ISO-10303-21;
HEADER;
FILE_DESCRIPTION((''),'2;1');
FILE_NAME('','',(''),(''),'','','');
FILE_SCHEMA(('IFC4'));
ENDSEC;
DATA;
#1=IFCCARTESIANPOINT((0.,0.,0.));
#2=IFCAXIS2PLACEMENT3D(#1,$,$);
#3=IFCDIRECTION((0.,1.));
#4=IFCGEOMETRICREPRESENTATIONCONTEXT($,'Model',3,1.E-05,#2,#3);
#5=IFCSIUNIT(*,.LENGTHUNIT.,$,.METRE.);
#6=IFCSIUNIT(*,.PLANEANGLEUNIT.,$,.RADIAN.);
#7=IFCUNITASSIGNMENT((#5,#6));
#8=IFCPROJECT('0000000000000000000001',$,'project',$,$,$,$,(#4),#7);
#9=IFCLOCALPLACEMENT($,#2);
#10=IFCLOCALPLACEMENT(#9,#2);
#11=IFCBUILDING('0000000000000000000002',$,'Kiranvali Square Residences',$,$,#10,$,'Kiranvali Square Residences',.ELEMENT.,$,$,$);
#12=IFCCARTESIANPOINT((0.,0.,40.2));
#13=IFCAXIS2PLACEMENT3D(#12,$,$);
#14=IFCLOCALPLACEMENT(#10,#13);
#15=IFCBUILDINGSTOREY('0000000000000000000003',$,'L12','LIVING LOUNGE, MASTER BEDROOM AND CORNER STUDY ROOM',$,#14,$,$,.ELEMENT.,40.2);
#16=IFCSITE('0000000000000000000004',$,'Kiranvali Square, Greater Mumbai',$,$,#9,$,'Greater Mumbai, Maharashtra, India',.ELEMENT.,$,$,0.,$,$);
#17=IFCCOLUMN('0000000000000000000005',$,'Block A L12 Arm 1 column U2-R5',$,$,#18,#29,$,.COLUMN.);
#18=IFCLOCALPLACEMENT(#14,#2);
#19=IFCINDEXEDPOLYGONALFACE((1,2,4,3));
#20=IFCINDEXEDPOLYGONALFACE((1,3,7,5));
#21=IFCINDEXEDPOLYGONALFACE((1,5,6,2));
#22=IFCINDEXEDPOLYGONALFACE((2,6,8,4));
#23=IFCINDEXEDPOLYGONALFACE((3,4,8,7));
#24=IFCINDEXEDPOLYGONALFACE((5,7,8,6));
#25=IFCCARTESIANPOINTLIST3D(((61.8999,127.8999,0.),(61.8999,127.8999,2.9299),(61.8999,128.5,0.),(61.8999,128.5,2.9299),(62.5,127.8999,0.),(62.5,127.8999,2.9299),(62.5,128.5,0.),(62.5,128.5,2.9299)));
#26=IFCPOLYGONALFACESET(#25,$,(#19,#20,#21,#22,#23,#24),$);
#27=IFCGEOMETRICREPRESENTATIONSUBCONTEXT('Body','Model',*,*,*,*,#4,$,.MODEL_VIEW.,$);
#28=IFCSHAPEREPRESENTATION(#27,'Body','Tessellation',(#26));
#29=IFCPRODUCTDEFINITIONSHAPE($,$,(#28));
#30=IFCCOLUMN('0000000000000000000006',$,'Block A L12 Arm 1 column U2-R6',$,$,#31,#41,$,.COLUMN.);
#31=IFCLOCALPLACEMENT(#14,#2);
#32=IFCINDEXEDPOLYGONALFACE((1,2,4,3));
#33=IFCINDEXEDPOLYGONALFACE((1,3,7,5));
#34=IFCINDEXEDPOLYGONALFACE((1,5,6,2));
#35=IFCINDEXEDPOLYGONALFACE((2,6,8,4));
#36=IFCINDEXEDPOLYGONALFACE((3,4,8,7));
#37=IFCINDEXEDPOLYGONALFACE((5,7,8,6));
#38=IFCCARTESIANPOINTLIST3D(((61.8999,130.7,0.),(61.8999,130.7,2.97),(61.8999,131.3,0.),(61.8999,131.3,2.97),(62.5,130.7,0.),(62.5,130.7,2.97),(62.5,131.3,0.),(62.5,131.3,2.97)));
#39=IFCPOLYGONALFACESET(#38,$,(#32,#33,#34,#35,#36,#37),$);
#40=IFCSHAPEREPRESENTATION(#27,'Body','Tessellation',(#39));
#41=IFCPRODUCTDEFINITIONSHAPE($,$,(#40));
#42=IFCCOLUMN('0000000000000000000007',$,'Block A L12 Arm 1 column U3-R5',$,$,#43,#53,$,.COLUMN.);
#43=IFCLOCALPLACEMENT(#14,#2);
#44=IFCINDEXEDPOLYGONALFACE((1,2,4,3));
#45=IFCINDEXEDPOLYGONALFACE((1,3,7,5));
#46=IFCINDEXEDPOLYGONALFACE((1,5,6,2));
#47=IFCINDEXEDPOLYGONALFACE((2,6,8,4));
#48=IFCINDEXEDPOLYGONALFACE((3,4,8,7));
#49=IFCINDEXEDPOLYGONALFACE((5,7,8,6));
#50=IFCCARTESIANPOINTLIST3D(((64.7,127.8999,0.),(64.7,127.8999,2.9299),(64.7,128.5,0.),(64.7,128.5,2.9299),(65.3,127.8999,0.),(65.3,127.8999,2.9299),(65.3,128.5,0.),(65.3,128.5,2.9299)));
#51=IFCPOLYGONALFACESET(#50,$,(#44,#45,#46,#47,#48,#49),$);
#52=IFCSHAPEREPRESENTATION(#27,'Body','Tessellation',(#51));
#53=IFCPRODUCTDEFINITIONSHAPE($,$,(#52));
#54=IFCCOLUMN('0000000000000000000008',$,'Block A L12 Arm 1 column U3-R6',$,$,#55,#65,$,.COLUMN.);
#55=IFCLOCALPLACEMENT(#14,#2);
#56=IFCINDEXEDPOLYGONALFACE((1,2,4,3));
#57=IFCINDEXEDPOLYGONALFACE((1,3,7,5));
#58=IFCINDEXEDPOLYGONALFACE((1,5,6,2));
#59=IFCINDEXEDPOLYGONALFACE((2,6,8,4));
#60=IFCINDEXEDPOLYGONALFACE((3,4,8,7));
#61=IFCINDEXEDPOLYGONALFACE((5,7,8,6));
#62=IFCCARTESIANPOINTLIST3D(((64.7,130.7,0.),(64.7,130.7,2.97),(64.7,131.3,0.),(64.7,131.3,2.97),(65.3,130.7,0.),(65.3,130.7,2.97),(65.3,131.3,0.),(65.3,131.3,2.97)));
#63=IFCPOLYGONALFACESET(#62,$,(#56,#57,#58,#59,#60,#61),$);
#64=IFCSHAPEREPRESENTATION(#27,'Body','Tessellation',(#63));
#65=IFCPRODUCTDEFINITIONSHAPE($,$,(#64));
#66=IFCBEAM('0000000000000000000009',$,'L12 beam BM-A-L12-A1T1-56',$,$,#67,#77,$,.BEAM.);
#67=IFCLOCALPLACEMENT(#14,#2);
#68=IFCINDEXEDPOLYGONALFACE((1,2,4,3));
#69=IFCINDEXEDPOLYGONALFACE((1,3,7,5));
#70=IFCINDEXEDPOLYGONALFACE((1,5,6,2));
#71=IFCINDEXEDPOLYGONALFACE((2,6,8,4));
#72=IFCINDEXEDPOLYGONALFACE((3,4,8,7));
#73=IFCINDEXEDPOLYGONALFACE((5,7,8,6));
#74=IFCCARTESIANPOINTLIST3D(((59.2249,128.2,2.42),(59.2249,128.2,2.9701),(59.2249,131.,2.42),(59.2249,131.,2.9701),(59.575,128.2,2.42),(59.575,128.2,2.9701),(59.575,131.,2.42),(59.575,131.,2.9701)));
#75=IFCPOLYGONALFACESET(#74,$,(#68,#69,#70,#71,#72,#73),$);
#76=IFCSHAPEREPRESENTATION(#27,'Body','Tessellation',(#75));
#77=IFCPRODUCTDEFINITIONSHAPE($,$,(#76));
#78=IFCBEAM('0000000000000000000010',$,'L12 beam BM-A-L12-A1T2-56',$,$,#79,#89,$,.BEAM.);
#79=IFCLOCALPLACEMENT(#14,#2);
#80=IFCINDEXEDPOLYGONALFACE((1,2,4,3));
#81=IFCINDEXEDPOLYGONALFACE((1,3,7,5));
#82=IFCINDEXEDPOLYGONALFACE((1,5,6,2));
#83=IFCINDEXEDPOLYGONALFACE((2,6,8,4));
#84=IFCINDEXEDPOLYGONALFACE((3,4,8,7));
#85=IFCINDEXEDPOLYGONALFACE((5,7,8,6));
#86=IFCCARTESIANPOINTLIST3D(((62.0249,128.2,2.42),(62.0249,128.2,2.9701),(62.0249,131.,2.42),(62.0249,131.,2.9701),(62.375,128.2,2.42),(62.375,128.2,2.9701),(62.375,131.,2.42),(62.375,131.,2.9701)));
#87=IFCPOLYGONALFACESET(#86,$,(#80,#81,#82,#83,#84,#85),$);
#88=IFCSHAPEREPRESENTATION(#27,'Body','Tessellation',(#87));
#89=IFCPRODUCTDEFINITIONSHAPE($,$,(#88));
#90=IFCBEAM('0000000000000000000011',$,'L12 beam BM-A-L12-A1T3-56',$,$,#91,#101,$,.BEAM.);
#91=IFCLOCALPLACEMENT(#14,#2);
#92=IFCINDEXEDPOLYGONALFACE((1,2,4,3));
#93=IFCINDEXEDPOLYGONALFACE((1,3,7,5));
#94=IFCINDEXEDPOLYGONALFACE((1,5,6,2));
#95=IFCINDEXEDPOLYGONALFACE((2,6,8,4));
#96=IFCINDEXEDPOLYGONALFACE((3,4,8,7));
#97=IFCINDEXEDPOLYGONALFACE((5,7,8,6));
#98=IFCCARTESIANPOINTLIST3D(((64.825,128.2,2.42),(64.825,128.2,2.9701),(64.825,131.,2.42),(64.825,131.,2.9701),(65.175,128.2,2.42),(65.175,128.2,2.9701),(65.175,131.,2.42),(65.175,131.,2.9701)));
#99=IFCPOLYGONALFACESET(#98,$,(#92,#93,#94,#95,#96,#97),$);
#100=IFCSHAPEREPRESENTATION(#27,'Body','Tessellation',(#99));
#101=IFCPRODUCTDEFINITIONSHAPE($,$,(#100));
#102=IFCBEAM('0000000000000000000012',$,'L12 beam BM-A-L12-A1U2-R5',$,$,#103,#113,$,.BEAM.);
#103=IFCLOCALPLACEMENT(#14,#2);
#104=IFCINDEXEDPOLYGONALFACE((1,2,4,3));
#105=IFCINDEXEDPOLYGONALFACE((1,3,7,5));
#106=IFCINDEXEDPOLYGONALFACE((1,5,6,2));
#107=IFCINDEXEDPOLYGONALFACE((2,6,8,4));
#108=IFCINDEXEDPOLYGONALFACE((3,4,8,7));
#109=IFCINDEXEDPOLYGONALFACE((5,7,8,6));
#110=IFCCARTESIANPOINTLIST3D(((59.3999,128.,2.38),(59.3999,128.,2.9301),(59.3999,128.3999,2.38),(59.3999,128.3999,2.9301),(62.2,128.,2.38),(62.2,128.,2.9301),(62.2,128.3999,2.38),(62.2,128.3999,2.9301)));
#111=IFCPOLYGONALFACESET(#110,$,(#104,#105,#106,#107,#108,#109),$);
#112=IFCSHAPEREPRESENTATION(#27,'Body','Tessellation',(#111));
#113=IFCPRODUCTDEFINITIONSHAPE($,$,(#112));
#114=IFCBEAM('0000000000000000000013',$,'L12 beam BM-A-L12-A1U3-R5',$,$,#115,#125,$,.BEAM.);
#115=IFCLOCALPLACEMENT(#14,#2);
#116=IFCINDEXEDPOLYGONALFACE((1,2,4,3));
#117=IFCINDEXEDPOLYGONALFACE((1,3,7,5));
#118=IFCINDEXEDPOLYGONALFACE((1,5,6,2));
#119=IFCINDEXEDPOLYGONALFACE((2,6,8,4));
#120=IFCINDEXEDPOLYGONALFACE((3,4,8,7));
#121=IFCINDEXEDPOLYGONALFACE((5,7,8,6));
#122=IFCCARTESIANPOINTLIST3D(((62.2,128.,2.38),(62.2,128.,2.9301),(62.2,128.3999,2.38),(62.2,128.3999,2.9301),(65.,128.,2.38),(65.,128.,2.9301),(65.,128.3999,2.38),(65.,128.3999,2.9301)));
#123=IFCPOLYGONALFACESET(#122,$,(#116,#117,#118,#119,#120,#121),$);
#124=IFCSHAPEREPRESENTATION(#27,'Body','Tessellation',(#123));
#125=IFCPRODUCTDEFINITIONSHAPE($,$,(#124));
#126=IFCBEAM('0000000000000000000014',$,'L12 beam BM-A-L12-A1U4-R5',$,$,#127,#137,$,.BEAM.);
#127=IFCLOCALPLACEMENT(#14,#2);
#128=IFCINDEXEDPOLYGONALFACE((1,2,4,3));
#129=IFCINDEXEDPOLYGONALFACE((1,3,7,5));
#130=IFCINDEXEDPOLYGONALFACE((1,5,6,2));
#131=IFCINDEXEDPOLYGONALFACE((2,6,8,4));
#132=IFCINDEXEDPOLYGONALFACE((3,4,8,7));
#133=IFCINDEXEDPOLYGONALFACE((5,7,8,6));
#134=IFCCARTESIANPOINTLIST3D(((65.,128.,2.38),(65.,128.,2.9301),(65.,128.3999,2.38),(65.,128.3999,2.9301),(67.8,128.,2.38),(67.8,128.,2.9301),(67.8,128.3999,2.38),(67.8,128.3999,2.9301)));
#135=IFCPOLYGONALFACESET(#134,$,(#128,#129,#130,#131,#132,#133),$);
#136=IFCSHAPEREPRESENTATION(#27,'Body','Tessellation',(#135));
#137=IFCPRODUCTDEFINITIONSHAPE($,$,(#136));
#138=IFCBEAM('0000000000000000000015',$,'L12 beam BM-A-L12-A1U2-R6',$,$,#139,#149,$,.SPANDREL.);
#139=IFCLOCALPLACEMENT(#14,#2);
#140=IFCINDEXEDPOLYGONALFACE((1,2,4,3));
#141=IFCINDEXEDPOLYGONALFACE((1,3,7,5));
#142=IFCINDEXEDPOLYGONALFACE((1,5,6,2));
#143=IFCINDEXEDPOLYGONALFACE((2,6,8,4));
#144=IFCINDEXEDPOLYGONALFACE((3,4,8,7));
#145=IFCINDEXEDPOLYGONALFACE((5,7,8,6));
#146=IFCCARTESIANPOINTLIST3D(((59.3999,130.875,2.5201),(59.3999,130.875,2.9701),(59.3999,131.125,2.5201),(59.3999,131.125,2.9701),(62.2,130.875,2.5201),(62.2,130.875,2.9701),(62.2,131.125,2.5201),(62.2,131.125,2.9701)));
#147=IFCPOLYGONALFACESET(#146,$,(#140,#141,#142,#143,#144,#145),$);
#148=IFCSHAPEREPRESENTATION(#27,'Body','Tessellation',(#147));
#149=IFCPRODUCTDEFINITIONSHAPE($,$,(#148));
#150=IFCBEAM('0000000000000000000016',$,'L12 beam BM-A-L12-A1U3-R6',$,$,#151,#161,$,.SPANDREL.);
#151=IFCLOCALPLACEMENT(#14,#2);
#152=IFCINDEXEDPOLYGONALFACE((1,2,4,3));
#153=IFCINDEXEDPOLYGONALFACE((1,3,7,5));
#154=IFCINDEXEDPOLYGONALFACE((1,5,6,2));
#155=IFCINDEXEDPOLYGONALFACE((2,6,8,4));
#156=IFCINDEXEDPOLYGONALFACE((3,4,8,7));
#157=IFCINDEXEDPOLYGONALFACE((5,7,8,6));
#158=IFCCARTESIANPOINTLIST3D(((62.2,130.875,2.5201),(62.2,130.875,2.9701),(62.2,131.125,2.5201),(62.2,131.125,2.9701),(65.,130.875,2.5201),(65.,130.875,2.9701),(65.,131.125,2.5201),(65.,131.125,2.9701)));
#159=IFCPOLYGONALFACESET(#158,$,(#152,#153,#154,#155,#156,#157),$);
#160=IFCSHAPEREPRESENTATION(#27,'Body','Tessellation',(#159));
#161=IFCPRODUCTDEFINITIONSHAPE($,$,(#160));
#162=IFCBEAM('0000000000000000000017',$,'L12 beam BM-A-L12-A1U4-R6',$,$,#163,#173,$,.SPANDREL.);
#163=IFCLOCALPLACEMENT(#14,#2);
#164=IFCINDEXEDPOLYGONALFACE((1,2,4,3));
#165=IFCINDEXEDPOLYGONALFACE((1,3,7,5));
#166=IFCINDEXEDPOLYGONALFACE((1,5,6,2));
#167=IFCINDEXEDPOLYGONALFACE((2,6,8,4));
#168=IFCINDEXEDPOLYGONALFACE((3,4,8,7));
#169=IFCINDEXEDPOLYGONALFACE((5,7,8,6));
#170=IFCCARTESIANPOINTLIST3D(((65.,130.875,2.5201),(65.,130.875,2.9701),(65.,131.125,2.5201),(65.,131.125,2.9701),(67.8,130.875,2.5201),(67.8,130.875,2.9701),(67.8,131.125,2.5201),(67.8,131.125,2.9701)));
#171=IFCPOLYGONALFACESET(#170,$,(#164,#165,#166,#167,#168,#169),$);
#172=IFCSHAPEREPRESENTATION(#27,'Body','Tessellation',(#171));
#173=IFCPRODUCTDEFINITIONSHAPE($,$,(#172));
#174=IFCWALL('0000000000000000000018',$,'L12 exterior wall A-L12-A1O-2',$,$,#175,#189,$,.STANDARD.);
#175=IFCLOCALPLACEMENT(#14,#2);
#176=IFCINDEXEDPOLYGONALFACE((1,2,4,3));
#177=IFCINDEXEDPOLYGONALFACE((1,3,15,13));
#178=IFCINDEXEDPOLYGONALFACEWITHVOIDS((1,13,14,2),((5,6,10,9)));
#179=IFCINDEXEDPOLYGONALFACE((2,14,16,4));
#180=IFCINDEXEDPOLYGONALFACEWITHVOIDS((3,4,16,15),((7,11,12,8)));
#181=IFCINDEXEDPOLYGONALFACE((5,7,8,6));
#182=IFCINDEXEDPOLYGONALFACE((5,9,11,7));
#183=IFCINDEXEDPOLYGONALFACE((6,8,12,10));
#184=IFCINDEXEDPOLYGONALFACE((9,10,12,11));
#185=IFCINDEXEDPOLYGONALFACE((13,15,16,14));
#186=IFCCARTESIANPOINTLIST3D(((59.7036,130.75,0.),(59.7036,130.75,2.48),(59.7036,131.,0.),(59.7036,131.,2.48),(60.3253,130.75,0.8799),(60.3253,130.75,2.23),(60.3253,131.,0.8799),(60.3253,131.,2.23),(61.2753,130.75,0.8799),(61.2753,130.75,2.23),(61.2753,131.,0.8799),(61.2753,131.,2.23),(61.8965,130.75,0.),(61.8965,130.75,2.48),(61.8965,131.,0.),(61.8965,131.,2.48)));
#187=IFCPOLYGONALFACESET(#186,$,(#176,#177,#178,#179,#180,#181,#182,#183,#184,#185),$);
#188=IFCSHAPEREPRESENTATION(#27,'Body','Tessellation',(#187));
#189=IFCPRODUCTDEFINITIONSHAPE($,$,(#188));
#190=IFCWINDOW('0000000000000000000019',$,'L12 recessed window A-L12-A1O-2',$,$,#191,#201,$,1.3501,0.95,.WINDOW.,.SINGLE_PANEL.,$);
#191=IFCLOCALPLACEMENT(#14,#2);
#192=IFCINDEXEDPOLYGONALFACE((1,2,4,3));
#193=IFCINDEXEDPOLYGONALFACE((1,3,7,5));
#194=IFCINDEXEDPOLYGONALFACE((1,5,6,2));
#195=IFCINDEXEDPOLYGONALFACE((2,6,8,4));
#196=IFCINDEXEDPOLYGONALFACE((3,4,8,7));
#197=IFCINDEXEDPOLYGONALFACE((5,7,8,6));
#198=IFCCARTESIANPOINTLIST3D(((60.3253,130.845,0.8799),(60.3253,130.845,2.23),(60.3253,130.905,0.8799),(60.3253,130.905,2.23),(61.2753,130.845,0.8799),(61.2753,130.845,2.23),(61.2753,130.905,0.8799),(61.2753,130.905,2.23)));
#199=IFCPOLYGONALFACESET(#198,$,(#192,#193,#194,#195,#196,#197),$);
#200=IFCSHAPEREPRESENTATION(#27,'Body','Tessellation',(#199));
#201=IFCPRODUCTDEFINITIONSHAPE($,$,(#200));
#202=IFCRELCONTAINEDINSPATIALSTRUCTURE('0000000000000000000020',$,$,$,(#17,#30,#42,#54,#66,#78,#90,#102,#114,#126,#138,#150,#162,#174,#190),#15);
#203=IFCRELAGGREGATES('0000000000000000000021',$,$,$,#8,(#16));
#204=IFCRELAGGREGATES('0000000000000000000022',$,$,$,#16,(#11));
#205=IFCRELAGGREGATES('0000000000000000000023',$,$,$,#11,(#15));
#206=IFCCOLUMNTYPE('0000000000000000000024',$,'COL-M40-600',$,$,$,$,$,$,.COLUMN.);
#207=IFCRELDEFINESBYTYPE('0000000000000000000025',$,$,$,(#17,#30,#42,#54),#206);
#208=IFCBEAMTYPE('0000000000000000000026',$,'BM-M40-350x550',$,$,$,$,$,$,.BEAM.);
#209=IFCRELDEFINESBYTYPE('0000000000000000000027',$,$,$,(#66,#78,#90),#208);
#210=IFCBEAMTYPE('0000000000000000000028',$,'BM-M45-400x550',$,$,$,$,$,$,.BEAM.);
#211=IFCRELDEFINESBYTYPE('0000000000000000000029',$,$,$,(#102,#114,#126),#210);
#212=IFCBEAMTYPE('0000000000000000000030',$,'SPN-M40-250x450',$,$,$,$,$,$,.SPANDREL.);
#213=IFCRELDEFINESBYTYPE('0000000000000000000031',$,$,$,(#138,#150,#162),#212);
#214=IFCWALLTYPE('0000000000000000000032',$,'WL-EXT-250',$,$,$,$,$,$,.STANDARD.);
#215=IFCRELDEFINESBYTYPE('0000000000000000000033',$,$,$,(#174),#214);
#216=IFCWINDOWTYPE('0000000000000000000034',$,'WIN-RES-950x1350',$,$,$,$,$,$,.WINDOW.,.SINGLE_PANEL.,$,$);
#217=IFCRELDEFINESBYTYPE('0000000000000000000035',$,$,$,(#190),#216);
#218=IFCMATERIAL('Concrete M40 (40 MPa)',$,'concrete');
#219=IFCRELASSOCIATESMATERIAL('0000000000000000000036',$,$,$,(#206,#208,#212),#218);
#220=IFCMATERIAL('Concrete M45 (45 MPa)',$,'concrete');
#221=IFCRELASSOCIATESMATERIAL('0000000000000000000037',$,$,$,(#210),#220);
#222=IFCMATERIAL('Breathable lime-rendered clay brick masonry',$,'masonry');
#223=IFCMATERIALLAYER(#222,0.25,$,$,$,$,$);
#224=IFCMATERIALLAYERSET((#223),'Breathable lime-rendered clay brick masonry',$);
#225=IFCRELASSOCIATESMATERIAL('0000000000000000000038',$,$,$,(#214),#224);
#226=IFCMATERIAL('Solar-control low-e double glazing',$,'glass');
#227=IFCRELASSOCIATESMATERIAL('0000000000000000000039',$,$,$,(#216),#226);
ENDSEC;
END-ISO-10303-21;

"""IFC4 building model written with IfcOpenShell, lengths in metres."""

from ifc_helpers import new_model, si_unit, direction, frame, frame_2d, origin, origin_2d, place, context, subcontext, project, spatial, rectangle, extrude, material, layer, layer_set, material_profile, profile_set, type_object, element, fill, save


model = new_model("IFC4")

# Units and contexts
model_context = context("Model", 3, precision=1e-05, world=origin(), true_north=direction((0.0, 1.0)))
body_context = subcontext(model_context, "Body", "Model", "MODEL_VIEW")
ifc_project = project(units=[si_unit("LENGTHUNIT", "METRE"), si_unit("PLANEANGLEUNIT", "RADIAN")], contexts=[model_context])

# Site, building, storey
site_placement = place(None, origin())
site = spatial("IfcSite", under=ifc_project, at=site_placement, Name="Kiranvali Square, Greater Mumbai", LongName="Greater Mumbai, Maharashtra, India", CompositionType="ELEMENT", RefElevation=0.0)
building_placement = place(site_placement, origin())
building = spatial("IfcBuilding", under=site, at=building_placement, Name="Kiranvali Square Residences", LongName="Kiranvali Square Residences", CompositionType="ELEMENT")
storey_placement = place(building_placement, frame((0.0, 0.0, 40.2)))
storey = spatial("IfcBuildingStorey", under=building, at=storey_placement, Name="L12", Description="LIVING LOUNGE, MASTER BEDROOM AND CORNER STUDY ROOM", CompositionType="ELEMENT", Elevation=40.2)

# Columns
ifc_material_1 = material(Name="Concrete M40 (40 MPa)", Category="concrete")
ifc_material_profile_1 = material_profile(ifc_material_1, rectangle(XDim=0.6001, YDim=0.6001, at=origin_2d()), Name="RC 600x600")
ifc_profile_set_1 = profile_set([ifc_material_profile_1], Name="Concrete M40 (40 MPa)")
column_type = type_object("IfcColumnType", Name="COL-M40-600", PredefinedType="COLUMN", material=ifc_profile_set_1)
column_1_placement = place(storey_placement, frame((62.2, 128.2, 0.0), z_axis=(0.0, 0.0, 1.0), x_axis=(1.0, 0.0, 0.0)))
element("IfcColumn", 1, at=column_1_placement, inside=storey, type_object=column_type, Name="Block A L12 Arm 1 column U2-R5", PredefinedType="COLUMN", context=body_context, shape_type="SweptSolid", body=[
    extrude(rectangle(XDim=0.6001, YDim=0.6001, at=origin_2d()), origin(), (0.0, 0.0, 1.0), 2.9299),
])
column_2_placement = place(storey_placement, frame((62.2, 131.0, 0.0), z_axis=(0.0, 0.0, 1.0), x_axis=(1.0, 0.0, 0.0)))
element("IfcColumn", 2, at=column_2_placement, inside=storey, type_object=column_type, Name="Block A L12 Arm 1 column U2-R6", PredefinedType="COLUMN", context=body_context, shape_type="SweptSolid", body=[
    extrude(rectangle(XDim=0.6001, YDim=0.6001, at=origin_2d()), origin(), (0.0, 0.0, 1.0), 2.97),
])
column_3_placement = place(storey_placement, frame((65.0, 128.2, 0.0), z_axis=(0.0, 0.0, 1.0), x_axis=(1.0, 0.0, 0.0)))
element("IfcColumn", 3, at=column_3_placement, inside=storey, type_object=column_type, Name="Block A L12 Arm 1 column U3-R5", PredefinedType="COLUMN", context=body_context, shape_type="SweptSolid", body=[
    extrude(rectangle(XDim=0.6001, YDim=0.6001, at=origin_2d()), origin(), (0.0, 0.0, 1.0), 2.9299),
])
column_4_placement = place(storey_placement, frame((65.0, 131.0, 0.0), z_axis=(0.0, 0.0, 1.0), x_axis=(1.0, 0.0, 0.0)))
element("IfcColumn", 4, at=column_4_placement, inside=storey, type_object=column_type, Name="Block A L12 Arm 1 column U3-R6", PredefinedType="COLUMN", context=body_context, shape_type="SweptSolid", body=[
    extrude(rectangle(XDim=0.6001, YDim=0.6001, at=origin_2d()), origin(), (0.0, 0.0, 1.0), 2.97),
])

# Beams
ifc_material_profile_2 = material_profile(ifc_material_1, rectangle(XDim=0.3501, YDim=0.55, at=origin_2d()), Name="RC 350x550")
ifc_profile_set_2 = profile_set([ifc_material_profile_2], Name="Concrete M40 (40 MPa)")
beam_type_1 = type_object("IfcBeamType", Name="BM-M40-350x550", PredefinedType="BEAM", material=ifc_profile_set_2)
for number, where, z_axis, x_axis, name in (
    (5, (59.3999, 128.2, 2.6951), (0.0, 1.0, 0.0), (-1.0, 0.0, 0.0), "L12 beam BM-A-L12-A1T1-56"),
    (6, (62.2, 128.2, 2.6951), (0.0, 1.0, 0.0), (-1.0, 0.0, 0.0), "L12 beam BM-A-L12-A1T2-56"),
    (7, (65.0, 128.2, 2.6951), (0.0, 1.0, 0.0), (-1.0, 0.0, 0.0), "L12 beam BM-A-L12-A1T3-56"),
):
    element("IfcBeam", number, at=place(storey_placement, frame(where, z_axis=z_axis, x_axis=x_axis)), inside=storey, type_object=beam_type_1, Name=name, PredefinedType="BEAM", context=body_context, shape_type="SweptSolid", body=[
        extrude(rectangle(XDim=0.3501, YDim=0.55, at=origin_2d()), origin(), (0.0, 0.0, 1.0), 2.8),
    ])
ifc_material_2 = material(Name="Concrete M45 (45 MPa)", Category="concrete")
ifc_material_profile_3 = material_profile(ifc_material_2, rectangle(XDim=0.3999, YDim=0.55, at=origin_2d()), Name="RC 400x550")
ifc_profile_set_3 = profile_set([ifc_material_profile_3], Name="Concrete M45 (45 MPa)")
beam_type_2 = type_object("IfcBeamType", Name="BM-M45-400x550", PredefinedType="BEAM", material=ifc_profile_set_3)
for number, where, z_axis, x_axis, name in (
    (8, (59.3999, 128.2, 2.655), (1.0, 0.0, 0.0), (0.0, 1.0, 0.0), "L12 beam BM-A-L12-A1U2-R5"),
    (9, (62.2, 128.2, 2.655), (1.0, 0.0, 0.0), (0.0, 1.0, 0.0), "L12 beam BM-A-L12-A1U3-R5"),
    (10, (65.0, 128.2, 2.655), (1.0, 0.0, 0.0), (0.0, 1.0, 0.0), "L12 beam BM-A-L12-A1U4-R5"),
):
    element("IfcBeam", number, at=place(storey_placement, frame(where, z_axis=z_axis, x_axis=x_axis)), inside=storey, type_object=beam_type_2, Name=name, PredefinedType="BEAM", context=body_context, shape_type="SweptSolid", body=[
        extrude(rectangle(XDim=0.3999, YDim=0.55, at=origin_2d()), origin(), (0.0, 0.0, 1.0), 2.8),
    ])
ifc_material_profile_4 = material_profile(ifc_material_1, rectangle(XDim=0.25, YDim=0.45, at=origin_2d()), Name="RC 250x450")
ifc_profile_set_4 = profile_set([ifc_material_profile_4], Name="Concrete M40 (40 MPa)")
beam_type_3 = type_object("IfcBeamType", Name="SPN-M40-250x450", PredefinedType="SPANDREL", material=ifc_profile_set_4)
for number, where, z_axis, x_axis, name in (
    (11, (59.3999, 131.0, 2.7451), (1.0, 0.0, 0.0), (0.0, 1.0, 0.0), "L12 beam BM-A-L12-A1U2-R6"),
    (12, (62.2, 131.0, 2.7451), (1.0, 0.0, 0.0), (0.0, 1.0, 0.0), "L12 beam BM-A-L12-A1U3-R6"),
    (13, (65.0, 131.0, 2.7451), (1.0, 0.0, 0.0), (0.0, 1.0, 0.0), "L12 beam BM-A-L12-A1U4-R6"),
):
    element("IfcBeam", number, at=place(storey_placement, frame(where, z_axis=z_axis, x_axis=x_axis)), inside=storey, type_object=beam_type_3, Name=name, PredefinedType="SPANDREL", context=body_context, shape_type="SweptSolid", body=[
        extrude(rectangle(XDim=0.25, YDim=0.45, at=origin_2d()), origin(), (0.0, 0.0, 1.0), 2.8),
    ])

# Wall, opening, window
ifc_material_3 = material(Name="Breathable lime-rendered clay brick masonry", Category="masonry")
ifc_layer_1 = layer(ifc_material_3, 0.25)
ifc_layer_set_1 = layer_set([ifc_layer_1], Name="Breathable lime-rendered clay brick masonry")
wall_type_1 = type_object("IfcWallType", Name="WL-EXT-250", PredefinedType="STANDARD", material=ifc_layer_set_1)
wall_1_placement = place(storey_placement, frame((59.7036, 130.875, 0.0), z_axis=(0.0, 0.0, 1.0), x_axis=(1.0, 0.0, 0.0)))
wall_1 = element("IfcWall", 14, at=wall_1_placement, inside=storey, type_object=wall_type_1, Name="L12 exterior wall A-L12-A1O-2", PredefinedType="STANDARD", context=body_context, shape_type="SweptSolid", body=[
    extrude(rectangle(XDim=2.1929, YDim=0.25, at=frame_2d((1.0964, 0.0))), origin(), (0.0, 0.0, 1.0), 2.48),
])
opening_1_placement = place(wall_1_placement, frame((0.6216, 0.0, 0.8799)))
opening_1 = element("IfcOpeningElement", 15, at=opening_1_placement, cuts=wall_1, PredefinedType="OPENING", context=body_context, shape_type="SweptSolid", body=[
    extrude(rectangle(XDim=0.95, YDim=1.3501, at=frame_2d((0.4751, 0.675))), frame((0.0, 0.135, 0.0), z_axis=(0.0, -1.0, 0.0), x_axis=(1.0, 0.0, 0.0)), (0.0, 0.0, 1.0), 0.27),
])
ifc_material_4 = material(Name="Solar-control low-e double glazing", Category="glass")
window_type_1 = type_object("IfcWindowType", Name="WIN-RES-950x1350", PartitioningType="SINGLE_PANEL", PredefinedType="WINDOW", material=ifc_material_4)
window_1_placement = place(opening_1_placement, origin())
window_1 = element("IfcWindow", 16, at=window_1_placement, inside=storey, type_object=window_type_1, Name="L12 recessed window A-L12-A1O-2", OverallHeight=1.3501, OverallWidth=0.95, PartitioningType="SINGLE_PANEL", PredefinedType="WINDOW", context=body_context, shape_type="SweptSolid", body=[
    extrude(rectangle(XDim=0.95, YDim=1.3501, at=frame_2d((0.4751, 0.675))), frame((0.0, 0.03, 0.0), z_axis=(0.0, -1.0, 0.0), x_axis=(1.0, 0.0, 0.0)), (0.0, 0.0, 1.0), 0.0601),
])
fill(opening_1, window_1)

save(model, "model.ifc")
